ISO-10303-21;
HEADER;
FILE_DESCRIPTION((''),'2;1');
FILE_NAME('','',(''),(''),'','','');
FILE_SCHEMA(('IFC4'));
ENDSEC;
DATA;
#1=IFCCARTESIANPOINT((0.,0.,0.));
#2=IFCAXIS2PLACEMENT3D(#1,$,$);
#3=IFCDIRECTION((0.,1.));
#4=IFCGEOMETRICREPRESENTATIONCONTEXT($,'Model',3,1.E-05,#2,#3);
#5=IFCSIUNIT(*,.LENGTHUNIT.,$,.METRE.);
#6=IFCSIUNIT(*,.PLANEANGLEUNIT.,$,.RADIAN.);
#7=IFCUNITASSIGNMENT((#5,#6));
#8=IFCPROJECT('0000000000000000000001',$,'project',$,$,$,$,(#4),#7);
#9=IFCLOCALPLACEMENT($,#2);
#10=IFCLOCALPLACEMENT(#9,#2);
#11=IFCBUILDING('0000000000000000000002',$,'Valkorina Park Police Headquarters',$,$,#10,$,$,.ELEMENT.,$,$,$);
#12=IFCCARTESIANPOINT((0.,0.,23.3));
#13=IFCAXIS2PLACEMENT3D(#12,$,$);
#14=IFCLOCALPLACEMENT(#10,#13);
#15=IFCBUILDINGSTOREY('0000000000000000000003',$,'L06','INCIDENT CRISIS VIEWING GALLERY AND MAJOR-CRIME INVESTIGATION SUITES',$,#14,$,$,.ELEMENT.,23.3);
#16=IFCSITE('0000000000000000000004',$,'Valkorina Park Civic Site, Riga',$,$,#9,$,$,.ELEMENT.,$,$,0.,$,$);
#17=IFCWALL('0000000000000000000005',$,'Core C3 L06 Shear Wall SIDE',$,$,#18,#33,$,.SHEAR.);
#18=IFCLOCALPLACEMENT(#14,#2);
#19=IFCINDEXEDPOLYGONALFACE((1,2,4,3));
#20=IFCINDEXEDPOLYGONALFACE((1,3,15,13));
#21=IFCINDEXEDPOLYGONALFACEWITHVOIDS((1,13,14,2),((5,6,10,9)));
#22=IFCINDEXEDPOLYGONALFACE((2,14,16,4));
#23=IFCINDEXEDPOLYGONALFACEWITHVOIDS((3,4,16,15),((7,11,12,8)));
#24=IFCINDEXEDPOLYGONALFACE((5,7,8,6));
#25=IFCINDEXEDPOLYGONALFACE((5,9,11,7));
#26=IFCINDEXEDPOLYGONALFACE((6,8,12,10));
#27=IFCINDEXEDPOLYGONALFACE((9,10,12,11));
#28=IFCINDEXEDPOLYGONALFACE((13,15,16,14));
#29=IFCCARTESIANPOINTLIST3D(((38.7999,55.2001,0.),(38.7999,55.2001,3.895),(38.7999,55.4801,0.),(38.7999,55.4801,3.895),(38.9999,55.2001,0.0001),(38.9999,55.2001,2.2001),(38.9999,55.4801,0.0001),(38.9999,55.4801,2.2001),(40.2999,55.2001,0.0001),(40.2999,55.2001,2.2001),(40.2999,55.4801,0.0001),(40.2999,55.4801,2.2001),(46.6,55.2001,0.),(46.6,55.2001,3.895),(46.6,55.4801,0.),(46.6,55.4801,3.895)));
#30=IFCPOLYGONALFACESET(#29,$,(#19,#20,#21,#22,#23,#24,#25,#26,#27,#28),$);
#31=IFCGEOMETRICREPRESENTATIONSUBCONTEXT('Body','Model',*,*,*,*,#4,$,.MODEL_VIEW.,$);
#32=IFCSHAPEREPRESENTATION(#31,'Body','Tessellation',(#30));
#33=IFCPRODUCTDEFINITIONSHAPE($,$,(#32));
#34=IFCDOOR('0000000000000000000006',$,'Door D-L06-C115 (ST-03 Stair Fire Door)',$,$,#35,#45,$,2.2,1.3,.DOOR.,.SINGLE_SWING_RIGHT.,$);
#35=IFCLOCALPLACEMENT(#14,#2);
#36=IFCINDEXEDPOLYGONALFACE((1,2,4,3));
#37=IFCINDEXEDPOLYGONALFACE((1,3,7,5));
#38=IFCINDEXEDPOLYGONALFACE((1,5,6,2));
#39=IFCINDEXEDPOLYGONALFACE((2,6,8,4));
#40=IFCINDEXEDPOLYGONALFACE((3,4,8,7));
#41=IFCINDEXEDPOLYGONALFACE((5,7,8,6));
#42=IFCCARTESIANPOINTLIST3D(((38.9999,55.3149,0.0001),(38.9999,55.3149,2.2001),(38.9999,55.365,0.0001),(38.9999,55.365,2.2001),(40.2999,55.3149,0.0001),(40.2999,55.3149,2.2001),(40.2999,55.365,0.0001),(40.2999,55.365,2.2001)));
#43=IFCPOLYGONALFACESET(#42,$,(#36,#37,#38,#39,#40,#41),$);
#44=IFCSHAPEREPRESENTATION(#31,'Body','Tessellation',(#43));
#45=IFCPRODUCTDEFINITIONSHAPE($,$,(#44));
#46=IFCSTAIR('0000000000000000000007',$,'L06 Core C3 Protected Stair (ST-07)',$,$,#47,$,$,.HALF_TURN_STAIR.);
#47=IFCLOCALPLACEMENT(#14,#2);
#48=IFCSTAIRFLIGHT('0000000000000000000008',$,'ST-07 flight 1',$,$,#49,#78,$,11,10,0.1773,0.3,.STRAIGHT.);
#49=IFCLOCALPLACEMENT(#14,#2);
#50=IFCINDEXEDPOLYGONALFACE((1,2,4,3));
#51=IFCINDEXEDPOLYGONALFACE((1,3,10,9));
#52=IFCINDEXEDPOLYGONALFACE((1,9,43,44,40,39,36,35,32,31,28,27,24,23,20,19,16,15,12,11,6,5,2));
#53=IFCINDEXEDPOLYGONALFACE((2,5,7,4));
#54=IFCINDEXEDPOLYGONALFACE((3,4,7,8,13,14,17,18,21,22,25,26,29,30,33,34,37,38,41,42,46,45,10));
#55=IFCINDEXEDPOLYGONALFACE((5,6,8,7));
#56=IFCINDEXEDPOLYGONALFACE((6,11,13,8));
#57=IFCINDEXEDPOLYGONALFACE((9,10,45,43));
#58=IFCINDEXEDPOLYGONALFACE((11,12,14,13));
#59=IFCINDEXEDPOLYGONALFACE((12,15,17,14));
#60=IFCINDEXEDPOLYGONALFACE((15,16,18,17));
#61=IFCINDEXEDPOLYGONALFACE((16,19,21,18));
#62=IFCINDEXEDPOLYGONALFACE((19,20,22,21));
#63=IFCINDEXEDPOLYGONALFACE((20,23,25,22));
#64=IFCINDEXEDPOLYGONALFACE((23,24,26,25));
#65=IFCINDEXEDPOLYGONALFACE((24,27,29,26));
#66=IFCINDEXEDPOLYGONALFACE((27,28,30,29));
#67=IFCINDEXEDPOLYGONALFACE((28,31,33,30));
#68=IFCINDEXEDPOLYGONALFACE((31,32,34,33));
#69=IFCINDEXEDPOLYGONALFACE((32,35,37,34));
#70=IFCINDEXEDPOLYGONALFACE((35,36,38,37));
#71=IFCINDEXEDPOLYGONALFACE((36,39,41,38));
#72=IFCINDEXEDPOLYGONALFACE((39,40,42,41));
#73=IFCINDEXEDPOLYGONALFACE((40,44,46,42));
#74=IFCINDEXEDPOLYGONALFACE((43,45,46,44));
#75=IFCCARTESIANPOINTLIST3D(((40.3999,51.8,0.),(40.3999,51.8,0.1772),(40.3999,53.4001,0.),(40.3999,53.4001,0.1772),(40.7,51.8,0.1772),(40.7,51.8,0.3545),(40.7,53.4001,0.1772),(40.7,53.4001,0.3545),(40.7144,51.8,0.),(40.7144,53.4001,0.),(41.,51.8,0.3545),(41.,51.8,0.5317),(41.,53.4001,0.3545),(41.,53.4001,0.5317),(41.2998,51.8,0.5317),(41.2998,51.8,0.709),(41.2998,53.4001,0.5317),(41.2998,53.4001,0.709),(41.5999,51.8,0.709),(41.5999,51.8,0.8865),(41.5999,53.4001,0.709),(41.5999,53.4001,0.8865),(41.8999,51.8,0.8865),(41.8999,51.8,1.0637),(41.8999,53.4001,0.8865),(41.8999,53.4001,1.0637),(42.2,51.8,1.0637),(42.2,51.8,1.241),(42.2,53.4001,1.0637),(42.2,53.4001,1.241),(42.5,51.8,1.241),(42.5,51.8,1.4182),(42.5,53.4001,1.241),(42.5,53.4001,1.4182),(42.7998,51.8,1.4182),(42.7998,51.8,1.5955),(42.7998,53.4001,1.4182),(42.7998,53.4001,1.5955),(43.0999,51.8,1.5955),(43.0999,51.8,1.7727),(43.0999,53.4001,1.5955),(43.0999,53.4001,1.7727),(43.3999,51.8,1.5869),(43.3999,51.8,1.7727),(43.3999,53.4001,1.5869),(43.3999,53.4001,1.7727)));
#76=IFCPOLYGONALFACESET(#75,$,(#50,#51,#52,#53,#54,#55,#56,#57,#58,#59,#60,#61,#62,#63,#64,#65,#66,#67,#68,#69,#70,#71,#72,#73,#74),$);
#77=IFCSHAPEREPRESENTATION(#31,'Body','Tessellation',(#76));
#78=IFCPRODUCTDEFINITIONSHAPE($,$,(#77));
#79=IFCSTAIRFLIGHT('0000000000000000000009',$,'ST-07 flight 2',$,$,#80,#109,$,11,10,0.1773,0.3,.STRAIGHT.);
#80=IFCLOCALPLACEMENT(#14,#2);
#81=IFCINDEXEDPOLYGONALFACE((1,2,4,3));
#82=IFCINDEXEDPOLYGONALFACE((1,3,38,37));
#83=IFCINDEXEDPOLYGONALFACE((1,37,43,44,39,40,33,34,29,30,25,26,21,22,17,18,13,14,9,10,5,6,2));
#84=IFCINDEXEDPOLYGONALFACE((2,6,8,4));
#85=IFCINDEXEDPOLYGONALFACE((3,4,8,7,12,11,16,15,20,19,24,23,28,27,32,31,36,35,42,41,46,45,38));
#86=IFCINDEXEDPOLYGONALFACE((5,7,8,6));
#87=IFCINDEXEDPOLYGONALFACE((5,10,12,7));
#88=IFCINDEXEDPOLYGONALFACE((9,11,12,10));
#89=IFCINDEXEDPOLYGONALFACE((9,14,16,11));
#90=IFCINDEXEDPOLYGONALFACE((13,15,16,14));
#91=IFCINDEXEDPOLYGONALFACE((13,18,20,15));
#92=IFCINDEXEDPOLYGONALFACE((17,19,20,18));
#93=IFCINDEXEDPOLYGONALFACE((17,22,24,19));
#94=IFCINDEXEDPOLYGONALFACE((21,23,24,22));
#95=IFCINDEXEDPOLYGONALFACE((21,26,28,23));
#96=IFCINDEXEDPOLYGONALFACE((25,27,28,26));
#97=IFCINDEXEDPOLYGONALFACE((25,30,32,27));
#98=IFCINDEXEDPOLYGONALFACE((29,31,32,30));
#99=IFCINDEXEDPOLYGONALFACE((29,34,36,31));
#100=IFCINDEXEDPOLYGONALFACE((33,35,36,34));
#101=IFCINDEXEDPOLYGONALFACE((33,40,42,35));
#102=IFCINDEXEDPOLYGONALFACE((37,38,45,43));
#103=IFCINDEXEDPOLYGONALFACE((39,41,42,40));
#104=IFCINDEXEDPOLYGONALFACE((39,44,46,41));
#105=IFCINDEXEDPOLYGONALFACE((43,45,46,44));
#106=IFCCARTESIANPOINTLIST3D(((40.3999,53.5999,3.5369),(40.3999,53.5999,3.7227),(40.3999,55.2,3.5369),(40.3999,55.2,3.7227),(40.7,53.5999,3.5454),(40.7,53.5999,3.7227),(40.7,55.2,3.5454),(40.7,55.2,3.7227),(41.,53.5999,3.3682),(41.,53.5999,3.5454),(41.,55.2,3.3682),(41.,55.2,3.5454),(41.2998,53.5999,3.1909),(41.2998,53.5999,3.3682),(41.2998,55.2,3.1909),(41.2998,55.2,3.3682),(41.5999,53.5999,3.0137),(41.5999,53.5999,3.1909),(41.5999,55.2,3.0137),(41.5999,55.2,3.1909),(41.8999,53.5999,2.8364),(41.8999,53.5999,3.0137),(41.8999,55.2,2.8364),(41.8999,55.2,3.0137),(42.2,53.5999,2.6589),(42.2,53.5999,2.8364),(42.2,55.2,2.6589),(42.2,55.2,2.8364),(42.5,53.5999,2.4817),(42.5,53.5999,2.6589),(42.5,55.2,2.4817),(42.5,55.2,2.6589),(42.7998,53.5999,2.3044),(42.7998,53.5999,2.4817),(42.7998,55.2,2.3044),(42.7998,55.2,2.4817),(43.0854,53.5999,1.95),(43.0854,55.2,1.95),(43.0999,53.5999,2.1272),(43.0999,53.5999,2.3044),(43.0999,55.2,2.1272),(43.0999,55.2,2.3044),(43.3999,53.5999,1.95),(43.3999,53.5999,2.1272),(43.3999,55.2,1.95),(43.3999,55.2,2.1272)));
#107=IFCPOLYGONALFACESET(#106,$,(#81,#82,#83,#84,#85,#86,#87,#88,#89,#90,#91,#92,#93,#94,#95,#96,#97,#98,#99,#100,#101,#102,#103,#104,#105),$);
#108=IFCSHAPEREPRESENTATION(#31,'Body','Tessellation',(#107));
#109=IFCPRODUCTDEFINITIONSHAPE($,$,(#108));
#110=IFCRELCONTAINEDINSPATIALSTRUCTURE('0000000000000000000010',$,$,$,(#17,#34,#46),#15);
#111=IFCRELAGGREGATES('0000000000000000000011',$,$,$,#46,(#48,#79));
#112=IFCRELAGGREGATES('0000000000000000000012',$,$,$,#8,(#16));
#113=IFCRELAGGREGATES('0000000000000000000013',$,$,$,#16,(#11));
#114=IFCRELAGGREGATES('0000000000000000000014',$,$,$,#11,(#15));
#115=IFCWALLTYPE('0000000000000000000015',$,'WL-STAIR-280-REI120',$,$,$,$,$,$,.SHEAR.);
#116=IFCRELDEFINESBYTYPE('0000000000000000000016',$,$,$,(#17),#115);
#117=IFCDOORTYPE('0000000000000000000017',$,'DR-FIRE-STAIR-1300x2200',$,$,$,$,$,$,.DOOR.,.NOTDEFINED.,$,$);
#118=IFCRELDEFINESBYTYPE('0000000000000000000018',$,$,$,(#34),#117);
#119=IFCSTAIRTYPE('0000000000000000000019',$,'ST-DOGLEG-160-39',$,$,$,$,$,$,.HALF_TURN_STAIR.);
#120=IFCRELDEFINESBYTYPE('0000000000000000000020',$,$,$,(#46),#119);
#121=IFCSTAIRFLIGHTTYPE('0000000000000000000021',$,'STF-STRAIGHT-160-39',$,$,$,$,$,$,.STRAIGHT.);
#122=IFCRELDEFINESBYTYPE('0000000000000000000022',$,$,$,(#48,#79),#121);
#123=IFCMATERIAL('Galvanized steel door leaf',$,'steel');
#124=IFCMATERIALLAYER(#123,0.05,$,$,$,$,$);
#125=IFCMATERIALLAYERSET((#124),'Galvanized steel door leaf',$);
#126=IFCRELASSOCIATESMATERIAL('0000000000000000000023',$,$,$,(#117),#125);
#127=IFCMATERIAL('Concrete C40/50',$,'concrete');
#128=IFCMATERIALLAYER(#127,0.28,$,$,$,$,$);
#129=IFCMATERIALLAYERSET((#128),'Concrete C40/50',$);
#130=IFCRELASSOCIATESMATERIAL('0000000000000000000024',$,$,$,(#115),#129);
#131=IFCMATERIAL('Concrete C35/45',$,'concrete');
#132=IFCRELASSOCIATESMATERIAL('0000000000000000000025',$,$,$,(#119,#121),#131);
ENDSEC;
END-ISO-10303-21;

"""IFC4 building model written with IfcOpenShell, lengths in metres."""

from ifc_helpers import new_model, si_unit, direction, frame, frame_2d, origin, place, context, subcontext, project, spatial, polyline, rectangle, outline, extrude, material, layer, layer_set, type_object, element, fill, aggregate, save


model = new_model("IFC4")

# Units and contexts
model_context = context("Model", 3, precision=1e-05, world=origin(), true_north=direction((0.0, 1.0)))
body_context = subcontext(model_context, "Body", "Model", "MODEL_VIEW")
ifc_project = project(units=[si_unit("LENGTHUNIT", "METRE"), si_unit("PLANEANGLEUNIT", "RADIAN")], contexts=[model_context])

# Site, building, storey
site_placement = place(None, origin())
site = spatial("IfcSite", under=ifc_project, at=site_placement, Name="Valkorina Park Civic Site, Riga", CompositionType="ELEMENT", RefElevation=0.0)
building_placement = place(site_placement, origin())
building = spatial("IfcBuilding", under=site, at=building_placement, Name="Valkorina Park Police Headquarters", CompositionType="ELEMENT")
storey_placement = place(building_placement, frame((0.0, 0.0, 23.3)))
storey = spatial("IfcBuildingStorey", under=building, at=storey_placement, Name="L06", Description="INCIDENT CRISIS VIEWING GALLERY AND MAJOR-CRIME INVESTIGATION SUITES", CompositionType="ELEMENT", Elevation=23.3)

# Shared definitions
ifc_material_1 = material(Name="Concrete C40/50", Category="concrete")
ifc_material_2 = material(Name="Galvanized steel door leaf", Category="steel")
ifc_layer_1 = layer(ifc_material_2, 0.05)
ifc_layer_set_1 = layer_set([ifc_layer_1], Name="Galvanized steel door leaf")
door_type = type_object("IfcDoorType", Name="DR-FIRE-STAIR-1300x2200", OperationType="NOTDEFINED", PredefinedType="DOOR", material=ifc_layer_set_1)

# Wall, opening, door
ifc_layer_2 = layer(ifc_material_1, 0.28)
ifc_layer_set_2 = layer_set([ifc_layer_2], Name="Concrete C40/50")
wall_type_1 = type_object("IfcWallType", Name="WL-STAIR-280-REI120", PredefinedType="SHEAR", material=ifc_layer_set_2)
wall_1_placement = place(storey_placement, frame((38.8, 55.3401, 0.0), z_axis=(0.0, 0.0, 1.0), x_axis=(1.0, 0.0, 0.0)))
wall_1 = element("IfcWall", 1, at=wall_1_placement, inside=storey, type_object=wall_type_1, Name="Core C3 L06 Shear Wall SIDE", PredefinedType="SHEAR", context=body_context, shape_type="SweptSolid", body=[
    extrude(rectangle(XDim=7.8, YDim=0.28, at=frame_2d((3.8999, 0.0))), origin(), (0.0, 0.0, 1.0), 3.895),
])
opening_1_placement = place(wall_1_placement, frame((0.2, 0.0, 0.0)))
opening_1 = element("IfcOpeningElement", 2, at=opening_1_placement, cuts=wall_1, PredefinedType="OPENING", context=body_context, shape_type="SweptSolid", body=[
    extrude(rectangle(XDim=1.3, YDim=2.2, at=frame_2d((0.6499, 1.1001))), frame((0.0, 0.1499, 0.0), z_axis=(0.0, -1.0, 0.0), x_axis=(1.0, 0.0, 0.0)), (0.0, 0.0, 1.0), 0.3),
])
door_1_placement = place(opening_1_placement, origin())
door_1 = element("IfcDoor", 3, at=door_1_placement, inside=storey, type_object=door_type, Name="Door D-L06-C115 (ST-03 Stair Fire Door)", OperationType="SINGLE_SWING_RIGHT", OverallHeight=2.2, OverallWidth=1.3, PredefinedType="DOOR", context=body_context, shape_type="SweptSolid", body=[
    extrude(rectangle(XDim=1.3, YDim=2.2, at=frame_2d((0.6499, 1.1001))), frame((0.0, 0.0249, 0.0), z_axis=(0.0, -1.0, 0.0), x_axis=(1.0, 0.0, 0.0)), (0.0, 0.0, 1.0), 0.05),
])
fill(opening_1, door_1)

# Stair, stair flights
ifc_material_3 = material(Name="Concrete C35/45", Category="concrete")
stair_type = type_object("IfcStairType", Name="ST-DOGLEG-160-39", PredefinedType="HALF_TURN_STAIR", material=ifc_material_3)
stair_placement = place(storey_placement, origin())
stair = element("IfcStair", 4, at=stair_placement, inside=storey, type_object=stair_type, Name="L06 Core C3 Protected Stair (ST-07)", PredefinedType="HALF_TURN_STAIR")
stair_flight_type = type_object("IfcStairFlightType", Name="STF-STRAIGHT-160-39", PredefinedType="STRAIGHT", material=ifc_material_3)
stair_flight_1_placement = place(storey_placement, frame((40.3999, 52.6001, 0.0), z_axis=(0.0, 0.0, 1.0), x_axis=(1.0, 0.0, 0.0)))
stair_flight_1 = element("IfcStairFlight", 5, at=stair_flight_1_placement, type_object=stair_flight_type, Name="ST-07 flight 1", NumberOfRisers=11, NumberOfTreads=10, PredefinedType="STRAIGHT", RiserHeight=0.1773, TreadLength=0.3, context=body_context, shape_type="SweptSolid", body=[
    extrude(outline(polyline([(0.0, 0.0), (0.0, 0.1772), (0.3, 0.1772), (0.3, 0.3545), (0.6001, 0.3545), (0.6001, 0.5317), (0.8999, 0.5317), (0.8999, 0.709), (1.2, 0.709), (1.2, 0.8865), (1.5, 0.8865), (1.5, 1.0637), (1.8, 1.0637), (1.8, 1.241), (2.1001, 1.241), (2.1001, 1.4182), (2.3999, 1.4182), (2.3999, 1.5955), (2.7, 1.5955), (2.7, 1.7727), (3.0, 1.7727), (3.0, 1.95), (3.0, 1.5869), (0.3145, 0.0), (0.0, 0.0)])), frame((0.0, 0.8, 0.0), z_axis=(0.0, -1.0, 0.0), x_axis=(1.0, 0.0, 0.0)), (0.0, 0.0, 1.0), 1.6001),
])
stair_flight_2_placement = place(storey_placement, frame((43.3999, 54.3999, 1.95), z_axis=(0.0, 0.0, 1.0), x_axis=(-1.0, 0.0, 0.0)))
stair_flight_2 = element("IfcStairFlight", 6, at=stair_flight_2_placement, type_object=stair_flight_type, Name="ST-07 flight 2", NumberOfRisers=11, NumberOfTreads=10, PredefinedType="STRAIGHT", RiserHeight=0.1773, TreadLength=0.3, context=body_context, shape_type="SweptSolid", body=[
    extrude(outline(polyline([(0.0, 0.0), (0.0, 0.1772), (0.3, 0.1772), (0.3, 0.3545), (0.6001, 0.3545), (0.6001, 0.5317), (0.8999, 0.5317), (0.8999, 0.709), (1.2, 0.709), (1.2, 0.8865), (1.5, 0.8865), (1.5, 1.0637), (1.8, 1.0637), (1.8, 1.241), (2.1001, 1.241), (2.1001, 1.4182), (2.3999, 1.4182), (2.3999, 1.5955), (2.7, 1.5955), (2.7, 1.7727), (3.0, 1.7727), (3.0, 1.95), (3.0, 1.5869), (0.3145, 0.0), (0.0, 0.0)])), frame((0.0, 0.8, 0.0), z_axis=(0.0, -1.0, 0.0), x_axis=(1.0, 0.0, 0.0)), (0.0, 0.0, 1.0), 1.6001),
])
aggregate(stair, [stair_flight_1, stair_flight_2])

save(model, "model.ifc")
